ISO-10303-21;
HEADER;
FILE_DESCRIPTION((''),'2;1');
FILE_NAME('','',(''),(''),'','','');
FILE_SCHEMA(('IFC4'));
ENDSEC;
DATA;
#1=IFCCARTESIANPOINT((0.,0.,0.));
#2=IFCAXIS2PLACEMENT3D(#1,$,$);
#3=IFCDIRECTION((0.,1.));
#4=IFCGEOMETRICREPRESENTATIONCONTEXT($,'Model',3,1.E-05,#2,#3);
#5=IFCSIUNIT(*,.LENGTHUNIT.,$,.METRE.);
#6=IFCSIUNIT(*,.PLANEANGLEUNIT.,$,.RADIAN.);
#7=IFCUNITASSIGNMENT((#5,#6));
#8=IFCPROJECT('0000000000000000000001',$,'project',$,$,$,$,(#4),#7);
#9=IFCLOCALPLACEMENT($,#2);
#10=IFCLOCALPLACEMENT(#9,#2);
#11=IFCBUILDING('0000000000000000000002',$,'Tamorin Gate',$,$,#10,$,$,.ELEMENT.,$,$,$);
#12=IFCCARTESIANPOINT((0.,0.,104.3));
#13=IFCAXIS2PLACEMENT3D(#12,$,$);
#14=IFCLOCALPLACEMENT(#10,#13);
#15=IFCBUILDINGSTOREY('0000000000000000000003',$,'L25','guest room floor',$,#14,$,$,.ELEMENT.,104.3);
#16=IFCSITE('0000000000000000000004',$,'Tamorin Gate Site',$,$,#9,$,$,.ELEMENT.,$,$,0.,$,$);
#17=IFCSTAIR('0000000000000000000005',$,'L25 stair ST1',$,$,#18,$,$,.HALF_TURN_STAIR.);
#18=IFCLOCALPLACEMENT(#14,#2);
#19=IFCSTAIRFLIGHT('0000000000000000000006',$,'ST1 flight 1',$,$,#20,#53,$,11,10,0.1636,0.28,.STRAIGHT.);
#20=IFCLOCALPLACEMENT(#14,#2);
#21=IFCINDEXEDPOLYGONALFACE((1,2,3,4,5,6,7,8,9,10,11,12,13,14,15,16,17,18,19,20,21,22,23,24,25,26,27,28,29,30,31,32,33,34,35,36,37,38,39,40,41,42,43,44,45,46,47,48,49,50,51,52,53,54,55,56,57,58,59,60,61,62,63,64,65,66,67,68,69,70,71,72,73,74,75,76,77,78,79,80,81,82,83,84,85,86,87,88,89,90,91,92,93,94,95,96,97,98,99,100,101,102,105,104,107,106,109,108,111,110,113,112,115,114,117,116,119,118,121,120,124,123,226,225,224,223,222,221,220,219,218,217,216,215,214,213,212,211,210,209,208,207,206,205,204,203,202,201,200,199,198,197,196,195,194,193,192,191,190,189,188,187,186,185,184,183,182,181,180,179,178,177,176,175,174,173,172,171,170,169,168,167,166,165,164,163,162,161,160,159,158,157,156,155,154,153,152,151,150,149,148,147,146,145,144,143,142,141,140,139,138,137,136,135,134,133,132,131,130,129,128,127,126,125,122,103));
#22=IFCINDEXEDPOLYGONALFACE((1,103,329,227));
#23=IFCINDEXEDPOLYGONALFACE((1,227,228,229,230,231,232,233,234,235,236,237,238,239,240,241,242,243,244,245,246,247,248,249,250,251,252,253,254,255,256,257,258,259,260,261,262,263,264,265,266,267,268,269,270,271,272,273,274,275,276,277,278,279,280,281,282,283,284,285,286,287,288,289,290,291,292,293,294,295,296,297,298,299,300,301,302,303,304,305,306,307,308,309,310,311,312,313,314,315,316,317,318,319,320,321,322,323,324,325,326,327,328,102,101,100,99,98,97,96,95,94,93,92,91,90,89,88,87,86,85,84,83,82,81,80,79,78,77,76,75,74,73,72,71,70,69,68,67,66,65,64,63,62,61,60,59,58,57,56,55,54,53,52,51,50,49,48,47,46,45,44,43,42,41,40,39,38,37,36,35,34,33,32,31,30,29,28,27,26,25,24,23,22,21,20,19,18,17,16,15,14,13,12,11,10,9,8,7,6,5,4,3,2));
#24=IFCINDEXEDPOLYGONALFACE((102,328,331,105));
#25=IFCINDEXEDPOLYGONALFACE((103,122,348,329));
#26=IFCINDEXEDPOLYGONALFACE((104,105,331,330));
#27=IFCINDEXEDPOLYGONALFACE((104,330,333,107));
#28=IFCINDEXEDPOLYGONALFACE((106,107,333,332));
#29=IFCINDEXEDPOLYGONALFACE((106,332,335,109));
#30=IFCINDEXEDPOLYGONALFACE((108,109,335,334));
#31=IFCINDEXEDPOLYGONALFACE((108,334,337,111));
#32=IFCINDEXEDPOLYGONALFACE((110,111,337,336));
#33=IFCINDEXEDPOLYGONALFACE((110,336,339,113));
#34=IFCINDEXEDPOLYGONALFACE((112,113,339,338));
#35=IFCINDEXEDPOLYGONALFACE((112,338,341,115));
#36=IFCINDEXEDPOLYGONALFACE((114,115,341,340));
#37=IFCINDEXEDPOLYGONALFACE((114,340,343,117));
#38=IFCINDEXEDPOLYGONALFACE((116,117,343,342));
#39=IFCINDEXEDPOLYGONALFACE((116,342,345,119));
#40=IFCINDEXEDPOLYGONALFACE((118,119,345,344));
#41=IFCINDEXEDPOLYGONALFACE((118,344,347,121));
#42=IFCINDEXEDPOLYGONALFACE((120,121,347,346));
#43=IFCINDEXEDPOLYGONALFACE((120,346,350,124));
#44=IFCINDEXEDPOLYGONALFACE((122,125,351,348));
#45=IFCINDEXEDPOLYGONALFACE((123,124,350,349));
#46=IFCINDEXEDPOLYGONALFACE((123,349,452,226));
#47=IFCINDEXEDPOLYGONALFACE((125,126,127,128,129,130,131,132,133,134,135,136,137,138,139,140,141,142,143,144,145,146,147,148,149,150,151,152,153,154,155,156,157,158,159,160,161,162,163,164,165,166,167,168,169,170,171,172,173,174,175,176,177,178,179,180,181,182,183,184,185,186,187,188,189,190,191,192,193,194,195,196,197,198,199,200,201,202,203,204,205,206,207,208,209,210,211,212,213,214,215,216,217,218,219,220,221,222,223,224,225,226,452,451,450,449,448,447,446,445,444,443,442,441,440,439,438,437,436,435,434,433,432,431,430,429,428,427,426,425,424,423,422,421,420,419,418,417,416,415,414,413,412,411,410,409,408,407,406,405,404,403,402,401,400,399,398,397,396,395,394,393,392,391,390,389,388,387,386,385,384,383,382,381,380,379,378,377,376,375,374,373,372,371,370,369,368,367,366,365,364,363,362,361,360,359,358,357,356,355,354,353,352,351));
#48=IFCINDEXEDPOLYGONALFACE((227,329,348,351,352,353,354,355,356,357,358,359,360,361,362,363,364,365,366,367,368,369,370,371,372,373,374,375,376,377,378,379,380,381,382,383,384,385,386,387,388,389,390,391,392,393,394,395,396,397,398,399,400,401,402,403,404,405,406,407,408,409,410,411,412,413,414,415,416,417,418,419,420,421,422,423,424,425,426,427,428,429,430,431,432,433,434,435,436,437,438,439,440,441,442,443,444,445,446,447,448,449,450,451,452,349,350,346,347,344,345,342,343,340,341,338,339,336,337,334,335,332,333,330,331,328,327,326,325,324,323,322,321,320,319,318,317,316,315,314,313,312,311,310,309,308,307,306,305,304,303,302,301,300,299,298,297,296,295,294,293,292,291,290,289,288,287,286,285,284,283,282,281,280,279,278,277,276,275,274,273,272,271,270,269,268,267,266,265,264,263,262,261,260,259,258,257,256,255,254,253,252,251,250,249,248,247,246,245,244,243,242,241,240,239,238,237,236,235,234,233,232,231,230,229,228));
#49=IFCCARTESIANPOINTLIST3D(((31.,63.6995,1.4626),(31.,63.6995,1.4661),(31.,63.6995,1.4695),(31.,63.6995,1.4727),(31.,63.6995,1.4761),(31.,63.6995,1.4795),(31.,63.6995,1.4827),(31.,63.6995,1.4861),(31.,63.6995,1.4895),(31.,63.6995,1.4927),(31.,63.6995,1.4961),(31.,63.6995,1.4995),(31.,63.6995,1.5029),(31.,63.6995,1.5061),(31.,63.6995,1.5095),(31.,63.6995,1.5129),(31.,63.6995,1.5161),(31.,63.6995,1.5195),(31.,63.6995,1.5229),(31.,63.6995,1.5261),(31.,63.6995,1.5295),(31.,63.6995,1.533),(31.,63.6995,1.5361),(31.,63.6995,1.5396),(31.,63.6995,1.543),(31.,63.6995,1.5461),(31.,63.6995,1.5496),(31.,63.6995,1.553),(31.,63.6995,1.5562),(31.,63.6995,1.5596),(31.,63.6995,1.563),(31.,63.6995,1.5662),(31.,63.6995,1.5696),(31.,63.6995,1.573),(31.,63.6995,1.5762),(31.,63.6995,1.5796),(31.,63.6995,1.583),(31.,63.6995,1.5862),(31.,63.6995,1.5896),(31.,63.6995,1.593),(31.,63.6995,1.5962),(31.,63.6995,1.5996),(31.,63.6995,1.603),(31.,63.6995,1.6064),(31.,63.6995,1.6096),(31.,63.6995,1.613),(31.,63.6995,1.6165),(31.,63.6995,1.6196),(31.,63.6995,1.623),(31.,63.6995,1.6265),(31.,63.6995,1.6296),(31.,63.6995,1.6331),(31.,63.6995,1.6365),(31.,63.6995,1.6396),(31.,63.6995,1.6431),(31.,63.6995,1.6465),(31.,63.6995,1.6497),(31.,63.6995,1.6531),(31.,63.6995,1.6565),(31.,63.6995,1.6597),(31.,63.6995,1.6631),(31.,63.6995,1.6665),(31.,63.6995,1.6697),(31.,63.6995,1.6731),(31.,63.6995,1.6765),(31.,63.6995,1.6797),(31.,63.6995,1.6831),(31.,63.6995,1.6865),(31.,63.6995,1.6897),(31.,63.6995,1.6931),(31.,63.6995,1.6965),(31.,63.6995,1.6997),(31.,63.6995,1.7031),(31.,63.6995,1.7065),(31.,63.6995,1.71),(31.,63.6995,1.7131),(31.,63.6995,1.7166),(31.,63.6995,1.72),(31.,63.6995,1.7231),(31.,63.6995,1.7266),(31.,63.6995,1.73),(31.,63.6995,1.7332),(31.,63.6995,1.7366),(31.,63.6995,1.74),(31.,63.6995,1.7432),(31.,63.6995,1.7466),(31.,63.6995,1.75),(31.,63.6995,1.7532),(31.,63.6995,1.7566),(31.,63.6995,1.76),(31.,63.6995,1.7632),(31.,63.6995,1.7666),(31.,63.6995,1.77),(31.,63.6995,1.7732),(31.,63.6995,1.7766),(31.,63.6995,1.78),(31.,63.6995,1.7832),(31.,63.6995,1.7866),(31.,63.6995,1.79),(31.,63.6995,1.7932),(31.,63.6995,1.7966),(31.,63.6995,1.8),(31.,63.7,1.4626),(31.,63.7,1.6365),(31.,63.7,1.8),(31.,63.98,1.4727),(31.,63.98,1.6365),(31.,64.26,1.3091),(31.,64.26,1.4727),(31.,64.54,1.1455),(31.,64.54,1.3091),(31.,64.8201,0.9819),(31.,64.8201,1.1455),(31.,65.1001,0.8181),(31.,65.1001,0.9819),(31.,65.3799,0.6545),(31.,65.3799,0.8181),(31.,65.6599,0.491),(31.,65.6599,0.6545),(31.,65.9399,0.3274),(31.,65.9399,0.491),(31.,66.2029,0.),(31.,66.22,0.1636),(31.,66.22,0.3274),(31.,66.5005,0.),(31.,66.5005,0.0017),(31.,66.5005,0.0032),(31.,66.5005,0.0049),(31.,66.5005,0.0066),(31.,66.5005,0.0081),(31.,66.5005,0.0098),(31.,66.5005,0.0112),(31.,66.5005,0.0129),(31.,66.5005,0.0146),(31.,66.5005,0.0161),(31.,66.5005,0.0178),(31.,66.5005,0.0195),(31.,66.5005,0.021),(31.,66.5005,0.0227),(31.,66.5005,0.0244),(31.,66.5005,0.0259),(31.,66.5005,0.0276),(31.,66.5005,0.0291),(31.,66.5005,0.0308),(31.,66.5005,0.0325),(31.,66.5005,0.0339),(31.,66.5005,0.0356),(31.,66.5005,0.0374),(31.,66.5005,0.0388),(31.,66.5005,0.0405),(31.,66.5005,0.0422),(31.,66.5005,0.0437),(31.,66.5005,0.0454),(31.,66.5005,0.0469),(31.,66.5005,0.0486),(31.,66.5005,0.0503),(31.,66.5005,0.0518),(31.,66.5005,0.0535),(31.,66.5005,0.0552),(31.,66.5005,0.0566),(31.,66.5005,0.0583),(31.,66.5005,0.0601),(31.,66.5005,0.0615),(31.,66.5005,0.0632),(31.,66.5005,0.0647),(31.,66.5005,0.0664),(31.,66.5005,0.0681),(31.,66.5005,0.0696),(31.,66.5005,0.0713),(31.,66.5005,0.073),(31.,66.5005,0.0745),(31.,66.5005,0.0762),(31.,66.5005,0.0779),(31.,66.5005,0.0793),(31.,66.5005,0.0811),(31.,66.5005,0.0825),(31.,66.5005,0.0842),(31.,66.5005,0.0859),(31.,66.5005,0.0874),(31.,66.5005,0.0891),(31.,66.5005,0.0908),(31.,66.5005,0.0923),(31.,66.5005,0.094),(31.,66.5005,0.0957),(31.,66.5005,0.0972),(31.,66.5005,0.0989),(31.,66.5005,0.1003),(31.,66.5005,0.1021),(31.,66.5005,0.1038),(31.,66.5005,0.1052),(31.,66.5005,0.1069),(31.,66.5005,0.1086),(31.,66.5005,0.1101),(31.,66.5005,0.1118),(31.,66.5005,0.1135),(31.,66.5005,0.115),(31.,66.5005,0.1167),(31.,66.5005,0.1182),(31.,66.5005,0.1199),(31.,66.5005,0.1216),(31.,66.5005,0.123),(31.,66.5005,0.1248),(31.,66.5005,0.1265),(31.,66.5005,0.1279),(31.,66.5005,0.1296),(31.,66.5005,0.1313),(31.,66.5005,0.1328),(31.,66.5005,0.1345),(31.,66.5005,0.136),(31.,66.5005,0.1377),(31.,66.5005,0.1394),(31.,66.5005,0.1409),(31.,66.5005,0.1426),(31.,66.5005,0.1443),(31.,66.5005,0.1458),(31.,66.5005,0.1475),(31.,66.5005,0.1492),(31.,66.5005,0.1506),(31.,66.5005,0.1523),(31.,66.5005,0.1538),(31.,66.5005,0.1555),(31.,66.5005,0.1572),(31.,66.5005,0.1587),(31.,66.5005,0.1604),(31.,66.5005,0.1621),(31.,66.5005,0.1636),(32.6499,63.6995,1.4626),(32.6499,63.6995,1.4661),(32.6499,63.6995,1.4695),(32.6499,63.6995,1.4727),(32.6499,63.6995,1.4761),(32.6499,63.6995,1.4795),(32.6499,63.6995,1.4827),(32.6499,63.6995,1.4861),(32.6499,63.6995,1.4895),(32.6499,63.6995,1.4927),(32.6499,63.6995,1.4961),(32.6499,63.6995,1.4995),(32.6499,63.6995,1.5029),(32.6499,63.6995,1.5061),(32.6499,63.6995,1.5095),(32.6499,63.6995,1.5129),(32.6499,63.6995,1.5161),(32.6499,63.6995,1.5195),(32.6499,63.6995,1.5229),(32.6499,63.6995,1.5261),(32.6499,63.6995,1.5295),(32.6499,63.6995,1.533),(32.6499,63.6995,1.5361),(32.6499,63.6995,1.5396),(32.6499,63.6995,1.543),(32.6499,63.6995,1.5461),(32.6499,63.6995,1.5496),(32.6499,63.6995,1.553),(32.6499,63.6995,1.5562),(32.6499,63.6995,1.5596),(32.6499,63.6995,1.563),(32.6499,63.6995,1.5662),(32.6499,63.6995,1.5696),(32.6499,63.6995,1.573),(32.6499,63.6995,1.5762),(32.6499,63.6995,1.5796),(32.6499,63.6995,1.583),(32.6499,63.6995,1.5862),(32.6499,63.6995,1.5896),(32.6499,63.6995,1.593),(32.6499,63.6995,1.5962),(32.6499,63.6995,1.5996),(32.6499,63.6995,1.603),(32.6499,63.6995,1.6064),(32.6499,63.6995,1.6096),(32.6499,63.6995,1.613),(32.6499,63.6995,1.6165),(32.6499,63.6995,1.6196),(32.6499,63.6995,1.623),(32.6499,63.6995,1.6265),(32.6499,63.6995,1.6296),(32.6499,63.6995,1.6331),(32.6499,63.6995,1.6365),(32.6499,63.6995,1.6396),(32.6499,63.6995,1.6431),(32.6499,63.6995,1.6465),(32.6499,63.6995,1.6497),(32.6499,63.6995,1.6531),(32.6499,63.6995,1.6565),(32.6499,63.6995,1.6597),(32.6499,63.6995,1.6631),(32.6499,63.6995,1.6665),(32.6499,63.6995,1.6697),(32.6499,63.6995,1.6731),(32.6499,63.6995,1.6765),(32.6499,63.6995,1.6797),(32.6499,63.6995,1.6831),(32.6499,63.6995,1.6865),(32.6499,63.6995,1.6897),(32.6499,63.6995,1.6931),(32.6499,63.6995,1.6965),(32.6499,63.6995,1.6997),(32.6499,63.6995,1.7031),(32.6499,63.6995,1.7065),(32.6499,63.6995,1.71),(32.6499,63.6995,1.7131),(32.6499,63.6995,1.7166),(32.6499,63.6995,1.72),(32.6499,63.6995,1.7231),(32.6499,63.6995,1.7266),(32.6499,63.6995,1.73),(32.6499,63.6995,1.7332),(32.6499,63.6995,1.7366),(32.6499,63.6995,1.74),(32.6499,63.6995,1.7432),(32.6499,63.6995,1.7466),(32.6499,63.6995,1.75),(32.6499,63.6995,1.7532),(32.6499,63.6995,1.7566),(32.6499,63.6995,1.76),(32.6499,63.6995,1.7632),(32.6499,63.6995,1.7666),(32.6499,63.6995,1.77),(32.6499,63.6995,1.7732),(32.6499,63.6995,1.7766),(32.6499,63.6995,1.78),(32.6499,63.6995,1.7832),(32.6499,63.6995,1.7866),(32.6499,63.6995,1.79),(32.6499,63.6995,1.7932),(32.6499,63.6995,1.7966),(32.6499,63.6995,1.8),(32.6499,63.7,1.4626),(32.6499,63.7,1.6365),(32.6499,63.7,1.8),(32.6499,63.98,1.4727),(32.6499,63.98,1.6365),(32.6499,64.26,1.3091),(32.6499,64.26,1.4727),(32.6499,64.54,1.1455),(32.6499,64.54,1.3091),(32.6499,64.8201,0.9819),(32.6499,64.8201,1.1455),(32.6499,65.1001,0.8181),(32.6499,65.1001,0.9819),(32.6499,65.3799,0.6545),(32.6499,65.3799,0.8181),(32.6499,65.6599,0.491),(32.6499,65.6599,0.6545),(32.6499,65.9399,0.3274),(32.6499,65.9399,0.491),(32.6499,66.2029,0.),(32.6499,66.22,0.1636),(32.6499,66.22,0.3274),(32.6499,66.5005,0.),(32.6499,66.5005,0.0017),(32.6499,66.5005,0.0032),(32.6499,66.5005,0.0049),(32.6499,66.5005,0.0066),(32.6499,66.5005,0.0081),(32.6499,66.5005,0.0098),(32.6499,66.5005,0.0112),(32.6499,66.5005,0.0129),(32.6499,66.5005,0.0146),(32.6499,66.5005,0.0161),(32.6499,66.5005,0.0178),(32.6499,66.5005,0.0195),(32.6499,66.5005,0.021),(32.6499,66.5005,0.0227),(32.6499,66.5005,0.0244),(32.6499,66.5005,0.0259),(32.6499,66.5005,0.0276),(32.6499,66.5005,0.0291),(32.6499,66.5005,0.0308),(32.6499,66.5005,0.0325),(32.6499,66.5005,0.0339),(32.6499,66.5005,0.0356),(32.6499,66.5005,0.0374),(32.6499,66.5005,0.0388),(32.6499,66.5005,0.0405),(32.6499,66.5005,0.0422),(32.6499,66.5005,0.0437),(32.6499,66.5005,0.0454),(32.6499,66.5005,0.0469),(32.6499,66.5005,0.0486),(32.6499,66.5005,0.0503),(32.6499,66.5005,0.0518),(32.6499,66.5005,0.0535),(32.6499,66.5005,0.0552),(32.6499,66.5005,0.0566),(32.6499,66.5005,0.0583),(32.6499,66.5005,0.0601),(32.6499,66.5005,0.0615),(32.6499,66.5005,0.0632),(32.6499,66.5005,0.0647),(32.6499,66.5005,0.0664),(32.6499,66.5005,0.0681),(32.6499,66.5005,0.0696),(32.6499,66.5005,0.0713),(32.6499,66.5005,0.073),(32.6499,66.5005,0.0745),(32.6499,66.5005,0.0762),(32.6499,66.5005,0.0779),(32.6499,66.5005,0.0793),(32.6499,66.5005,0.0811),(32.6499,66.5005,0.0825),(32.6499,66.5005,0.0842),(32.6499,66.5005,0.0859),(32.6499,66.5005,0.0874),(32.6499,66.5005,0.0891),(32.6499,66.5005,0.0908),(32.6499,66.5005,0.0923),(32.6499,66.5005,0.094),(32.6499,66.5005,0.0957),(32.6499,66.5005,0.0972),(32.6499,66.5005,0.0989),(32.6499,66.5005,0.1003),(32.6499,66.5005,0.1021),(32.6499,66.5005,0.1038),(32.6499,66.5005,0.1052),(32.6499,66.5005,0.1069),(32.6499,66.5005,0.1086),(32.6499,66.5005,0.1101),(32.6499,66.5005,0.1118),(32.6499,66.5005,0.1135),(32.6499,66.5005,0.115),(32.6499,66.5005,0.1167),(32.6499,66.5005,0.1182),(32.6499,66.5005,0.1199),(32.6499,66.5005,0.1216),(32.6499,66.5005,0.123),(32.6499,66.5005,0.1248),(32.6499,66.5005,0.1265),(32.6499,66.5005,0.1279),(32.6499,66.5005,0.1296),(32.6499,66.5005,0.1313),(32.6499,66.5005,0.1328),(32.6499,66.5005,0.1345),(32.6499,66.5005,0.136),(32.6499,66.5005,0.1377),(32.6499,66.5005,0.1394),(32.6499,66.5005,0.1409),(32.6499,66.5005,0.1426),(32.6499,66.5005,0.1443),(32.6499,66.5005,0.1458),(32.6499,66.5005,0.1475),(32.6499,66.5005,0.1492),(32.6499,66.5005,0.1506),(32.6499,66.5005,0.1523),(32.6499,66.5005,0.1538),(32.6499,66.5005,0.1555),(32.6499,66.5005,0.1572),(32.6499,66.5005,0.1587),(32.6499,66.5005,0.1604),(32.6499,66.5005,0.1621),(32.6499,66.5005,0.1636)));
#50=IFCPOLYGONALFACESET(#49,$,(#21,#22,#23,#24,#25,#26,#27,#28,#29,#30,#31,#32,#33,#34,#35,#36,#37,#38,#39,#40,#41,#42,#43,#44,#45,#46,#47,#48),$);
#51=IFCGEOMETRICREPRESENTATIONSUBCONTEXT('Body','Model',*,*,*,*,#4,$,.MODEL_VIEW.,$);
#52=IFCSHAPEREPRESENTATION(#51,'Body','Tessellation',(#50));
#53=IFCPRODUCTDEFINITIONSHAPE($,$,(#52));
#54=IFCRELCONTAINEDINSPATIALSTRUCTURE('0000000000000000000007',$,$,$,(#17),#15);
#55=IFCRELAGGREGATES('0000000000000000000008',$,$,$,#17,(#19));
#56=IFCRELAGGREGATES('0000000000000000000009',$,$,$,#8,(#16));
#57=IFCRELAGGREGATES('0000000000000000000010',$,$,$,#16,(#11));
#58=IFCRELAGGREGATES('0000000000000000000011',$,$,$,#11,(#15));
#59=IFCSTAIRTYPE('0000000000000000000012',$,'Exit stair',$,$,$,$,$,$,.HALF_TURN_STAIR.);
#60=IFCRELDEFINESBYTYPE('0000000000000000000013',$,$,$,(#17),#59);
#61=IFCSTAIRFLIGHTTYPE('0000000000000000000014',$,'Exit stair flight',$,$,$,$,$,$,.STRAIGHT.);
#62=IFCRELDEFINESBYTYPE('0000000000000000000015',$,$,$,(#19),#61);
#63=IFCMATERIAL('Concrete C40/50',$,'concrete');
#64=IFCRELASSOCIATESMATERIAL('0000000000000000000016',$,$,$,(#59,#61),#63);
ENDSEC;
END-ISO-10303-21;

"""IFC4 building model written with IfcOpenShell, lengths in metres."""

from ifc_helpers import new_model, si_unit, direction, frame, origin, place, context, subcontext, project, spatial, polyline, outline, extrude, material, type_object, element, aggregate, save


model = new_model("IFC4")

# Units and contexts
model_context = context("Model", 3, precision=1e-05, world=origin(), true_north=direction((0.0, 1.0)))
body_context = subcontext(model_context, "Body", "Model", "MODEL_VIEW")
ifc_project = project(units=[si_unit("LENGTHUNIT", "METRE"), si_unit("PLANEANGLEUNIT", "RADIAN")], contexts=[model_context])

# Site, building, storey
site_placement = place(None, origin())
site = spatial("IfcSite", under=ifc_project, at=site_placement, Name="Tamorin Gate Site", CompositionType="ELEMENT", RefElevation=0.0)
building_placement = place(site_placement, origin())
building = spatial("IfcBuilding", under=site, at=building_placement, Name="Tamorin Gate", CompositionType="ELEMENT")
storey_placement = place(building_placement, frame((0.0, 0.0, 104.3)))
storey = spatial("IfcBuildingStorey", under=building, at=storey_placement, Name="L25", Description="guest room floor", CompositionType="ELEMENT", Elevation=104.3)

# Shared definitions
ifc_material_1 = material(Name="Concrete C40/50", Category="concrete")

# Stair, stair flight
stair_type = type_object("IfcStairType", Name="Exit stair", PredefinedType="HALF_TURN_STAIR", material=ifc_material_1)
stair_placement = place(storey_placement, origin())
stair = element("IfcStair", 1, at=stair_placement, inside=storey, type_object=stair_type, Name="L25 stair ST1", PredefinedType="HALF_TURN_STAIR")
stair_flight_type = type_object("IfcStairFlightType", Name="Exit stair flight", PredefinedType="STRAIGHT", material=ifc_material_1)
stair_flight_1_placement = place(storey_placement, frame((31.825, 66.5, 0.0), z_axis=(0.0, 0.0, 1.0), x_axis=(0.0, -1.0, 0.0)))
stair_flight_1 = element("IfcStairFlight", 2, at=stair_flight_1_placement, type_object=stair_flight_type, Name="ST1 flight 1", NumberOfRisers=11, NumberOfTreads=10, PredefinedType="STRAIGHT", RiserHeight=0.1636, TreadLength=0.28, context=body_context, shape_type="SweptSolid", body=[
    extrude(outline(polyline([(-0.0005, 0.0), (-0.0005, 0.0017), (-0.0005, 0.0032), (-0.0005, 0.0049), (-0.0005, 0.0066), (-0.0005, 0.0081), (-0.0005, 0.0098), (-0.0005, 0.0112), (-0.0005, 0.0129), (-0.0005, 0.0146), (-0.0005, 0.0161), (-0.0005, 0.0178), (-0.0005, 0.0195), (-0.0005, 0.021), (-0.0005, 0.0227), (-0.0005, 0.0244), (-0.0005, 0.0259), (-0.0005, 0.0276), (-0.0005, 0.0291), (-0.0005, 0.0308), (-0.0005, 0.0325), (-0.0005, 0.0339), (-0.0005, 0.0356), (-0.0005, 0.0374), (-0.0005, 0.0388), (-0.0005, 0.0405), (-0.0005, 0.0422), (-0.0005, 0.0437), (-0.0005, 0.0454), (-0.0005, 0.0469), (-0.0005, 0.0486), (-0.0005, 0.0503), (-0.0005, 0.0518), (-0.0005, 0.0535), (-0.0005, 0.0552), (-0.0005, 0.0566), (-0.0005, 0.0583), (-0.0005, 0.0601), (-0.0005, 0.0615), (-0.0005, 0.0632), (-0.0005, 0.0647), (-0.0005, 0.0664), (-0.0005, 0.0681), (-0.0005, 0.0696), (-0.0005, 0.0713), (-0.0005, 0.073), (-0.0005, 0.0745), (-0.0005, 0.0762), (-0.0005, 0.0779), (-0.0005, 0.0793), (-0.0005, 0.0811), (-0.0005, 0.0825), (-0.0005, 0.0842), (-0.0005, 0.0859), (-0.0005, 0.0874), (-0.0005, 0.0891), (-0.0005, 0.0908), (-0.0005, 0.0923), (-0.0005, 0.094), (-0.0005, 0.0957), (-0.0005, 0.0972), (-0.0005, 0.0989), (-0.0005, 0.1003), (-0.0005, 0.1021), (-0.0005, 0.1038), (-0.0005, 0.1052), (-0.0005, 0.1069), (-0.0005, 0.1086), (-0.0005, 0.1101), (-0.0005, 0.1118), (-0.0005, 0.1135), (-0.0005, 0.115), (-0.0005, 0.1167), (-0.0005, 0.1182), (-0.0005, 0.1199), (-0.0005, 0.1216), (-0.0005, 0.123), (-0.0005, 0.1248), (-0.0005, 0.1265), (-0.0005, 0.1279), (-0.0005, 0.1296), (-0.0005, 0.1313), (-0.0005, 0.1328), (-0.0005, 0.1345), (-0.0005, 0.136), (-0.0005, 0.1377), (-0.0005, 0.1394), (-0.0005, 0.1409), (-0.0005, 0.1426), (-0.0005, 0.1443), (-0.0005, 0.1458), (-0.0005, 0.1475), (-0.0005, 0.1492), (-0.0005, 0.1506), (-0.0005, 0.1523), (-0.0005, 0.1538), (-0.0005, 0.1555), (-0.0005, 0.1572), (-0.0005, 0.1587), (-0.0005, 0.1604), (-0.0005, 0.1621), (-0.0005, 0.1636), (0.28, 0.1636), (0.28, 0.3274), (0.5601, 0.3274), (0.5601, 0.491), (0.8401, 0.491), (0.8401, 0.6545), (1.1201, 0.6545), (1.1201, 0.8181), (1.3999, 0.8181), (1.3999, 0.9819), (1.6799, 0.9819), (1.6799, 1.1455), (1.96, 1.1455), (1.96, 1.3091), (2.24, 1.3091), (2.24, 1.4727), (2.52, 1.4727), (2.52, 1.6365), (2.8, 1.6365), (2.8, 1.8), (2.8005, 1.8), (2.8005, 1.7966), (2.8005, 1.7932), (2.8005, 1.79), (2.8005, 1.7866), (2.8005, 1.7832), (2.8005, 1.78), (2.8005, 1.7766), (2.8005, 1.7732), (2.8005, 1.77), (2.8005, 1.7666), (2.8005, 1.7632), (2.8005, 1.76), (2.8005, 1.7566), (2.8005, 1.7532), (2.8005, 1.75), (2.8005, 1.7466), (2.8005, 1.7432), (2.8005, 1.74), (2.8005, 1.7366), (2.8005, 1.7332), (2.8005, 1.73), (2.8005, 1.7266), (2.8005, 1.7231), (2.8005, 1.72), (2.8005, 1.7166), (2.8005, 1.7131), (2.8005, 1.71), (2.8005, 1.7065), (2.8005, 1.7031), (2.8005, 1.6997), (2.8005, 1.6965), (2.8005, 1.6931), (2.8005, 1.6897), (2.8005, 1.6865), (2.8005, 1.6831), (2.8005, 1.6797), (2.8005, 1.6765), (2.8005, 1.6731), (2.8005, 1.6697), (2.8005, 1.6665), (2.8005, 1.6631), (2.8005, 1.6597), (2.8005, 1.6565), (2.8005, 1.6531), (2.8005, 1.6497), (2.8005, 1.6465), (2.8005, 1.6431), (2.8005, 1.6396), (2.8005, 1.6365), (2.8005, 1.6331), (2.8005, 1.6296), (2.8005, 1.6265), (2.8005, 1.623), (2.8005, 1.6196), (2.8005, 1.6165), (2.8005, 1.613), (2.8005, 1.6096), (2.8005, 1.6064), (2.8005, 1.603), (2.8005, 1.5996), (2.8005, 1.5962), (2.8005, 1.593), (2.8005, 1.5896), (2.8005, 1.5862), (2.8005, 1.583), (2.8005, 1.5796), (2.8005, 1.5762), (2.8005, 1.573), (2.8005, 1.5696), (2.8005, 1.5662), (2.8005, 1.563), (2.8005, 1.5596), (2.8005, 1.5562), (2.8005, 1.553), (2.8005, 1.5496), (2.8005, 1.5461), (2.8005, 1.543), (2.8005, 1.5396), (2.8005, 1.5361), (2.8005, 1.533), (2.8005, 1.5295), (2.8005, 1.5261), (2.8005, 1.5229), (2.8005, 1.5195), (2.8005, 1.5161), (2.8005, 1.5129), (2.8005, 1.5095), (2.8005, 1.5061), (2.8005, 1.5029), (2.8005, 1.4995), (2.8005, 1.4961), (2.8005, 1.4927), (2.8005, 1.4895), (2.8005, 1.4861), (2.8005, 1.4827), (2.8005, 1.4795), (2.8005, 1.4761), (2.8005, 1.4727), (2.8005, 1.4695), (2.8005, 1.4661), (2.8005, 1.4626), (2.8, 1.4626), (0.2971, 0.0), (-0.0005, 0.0)])), frame((0.0, 0.825, 0.0), z_axis=(0.0, -1.0, 0.0), x_axis=(1.0, 0.0, 0.0)), (0.0, 0.0, 1.0), 1.6499),
])
aggregate(stair, [stair_flight_1])

save(model, "model.ifc")
